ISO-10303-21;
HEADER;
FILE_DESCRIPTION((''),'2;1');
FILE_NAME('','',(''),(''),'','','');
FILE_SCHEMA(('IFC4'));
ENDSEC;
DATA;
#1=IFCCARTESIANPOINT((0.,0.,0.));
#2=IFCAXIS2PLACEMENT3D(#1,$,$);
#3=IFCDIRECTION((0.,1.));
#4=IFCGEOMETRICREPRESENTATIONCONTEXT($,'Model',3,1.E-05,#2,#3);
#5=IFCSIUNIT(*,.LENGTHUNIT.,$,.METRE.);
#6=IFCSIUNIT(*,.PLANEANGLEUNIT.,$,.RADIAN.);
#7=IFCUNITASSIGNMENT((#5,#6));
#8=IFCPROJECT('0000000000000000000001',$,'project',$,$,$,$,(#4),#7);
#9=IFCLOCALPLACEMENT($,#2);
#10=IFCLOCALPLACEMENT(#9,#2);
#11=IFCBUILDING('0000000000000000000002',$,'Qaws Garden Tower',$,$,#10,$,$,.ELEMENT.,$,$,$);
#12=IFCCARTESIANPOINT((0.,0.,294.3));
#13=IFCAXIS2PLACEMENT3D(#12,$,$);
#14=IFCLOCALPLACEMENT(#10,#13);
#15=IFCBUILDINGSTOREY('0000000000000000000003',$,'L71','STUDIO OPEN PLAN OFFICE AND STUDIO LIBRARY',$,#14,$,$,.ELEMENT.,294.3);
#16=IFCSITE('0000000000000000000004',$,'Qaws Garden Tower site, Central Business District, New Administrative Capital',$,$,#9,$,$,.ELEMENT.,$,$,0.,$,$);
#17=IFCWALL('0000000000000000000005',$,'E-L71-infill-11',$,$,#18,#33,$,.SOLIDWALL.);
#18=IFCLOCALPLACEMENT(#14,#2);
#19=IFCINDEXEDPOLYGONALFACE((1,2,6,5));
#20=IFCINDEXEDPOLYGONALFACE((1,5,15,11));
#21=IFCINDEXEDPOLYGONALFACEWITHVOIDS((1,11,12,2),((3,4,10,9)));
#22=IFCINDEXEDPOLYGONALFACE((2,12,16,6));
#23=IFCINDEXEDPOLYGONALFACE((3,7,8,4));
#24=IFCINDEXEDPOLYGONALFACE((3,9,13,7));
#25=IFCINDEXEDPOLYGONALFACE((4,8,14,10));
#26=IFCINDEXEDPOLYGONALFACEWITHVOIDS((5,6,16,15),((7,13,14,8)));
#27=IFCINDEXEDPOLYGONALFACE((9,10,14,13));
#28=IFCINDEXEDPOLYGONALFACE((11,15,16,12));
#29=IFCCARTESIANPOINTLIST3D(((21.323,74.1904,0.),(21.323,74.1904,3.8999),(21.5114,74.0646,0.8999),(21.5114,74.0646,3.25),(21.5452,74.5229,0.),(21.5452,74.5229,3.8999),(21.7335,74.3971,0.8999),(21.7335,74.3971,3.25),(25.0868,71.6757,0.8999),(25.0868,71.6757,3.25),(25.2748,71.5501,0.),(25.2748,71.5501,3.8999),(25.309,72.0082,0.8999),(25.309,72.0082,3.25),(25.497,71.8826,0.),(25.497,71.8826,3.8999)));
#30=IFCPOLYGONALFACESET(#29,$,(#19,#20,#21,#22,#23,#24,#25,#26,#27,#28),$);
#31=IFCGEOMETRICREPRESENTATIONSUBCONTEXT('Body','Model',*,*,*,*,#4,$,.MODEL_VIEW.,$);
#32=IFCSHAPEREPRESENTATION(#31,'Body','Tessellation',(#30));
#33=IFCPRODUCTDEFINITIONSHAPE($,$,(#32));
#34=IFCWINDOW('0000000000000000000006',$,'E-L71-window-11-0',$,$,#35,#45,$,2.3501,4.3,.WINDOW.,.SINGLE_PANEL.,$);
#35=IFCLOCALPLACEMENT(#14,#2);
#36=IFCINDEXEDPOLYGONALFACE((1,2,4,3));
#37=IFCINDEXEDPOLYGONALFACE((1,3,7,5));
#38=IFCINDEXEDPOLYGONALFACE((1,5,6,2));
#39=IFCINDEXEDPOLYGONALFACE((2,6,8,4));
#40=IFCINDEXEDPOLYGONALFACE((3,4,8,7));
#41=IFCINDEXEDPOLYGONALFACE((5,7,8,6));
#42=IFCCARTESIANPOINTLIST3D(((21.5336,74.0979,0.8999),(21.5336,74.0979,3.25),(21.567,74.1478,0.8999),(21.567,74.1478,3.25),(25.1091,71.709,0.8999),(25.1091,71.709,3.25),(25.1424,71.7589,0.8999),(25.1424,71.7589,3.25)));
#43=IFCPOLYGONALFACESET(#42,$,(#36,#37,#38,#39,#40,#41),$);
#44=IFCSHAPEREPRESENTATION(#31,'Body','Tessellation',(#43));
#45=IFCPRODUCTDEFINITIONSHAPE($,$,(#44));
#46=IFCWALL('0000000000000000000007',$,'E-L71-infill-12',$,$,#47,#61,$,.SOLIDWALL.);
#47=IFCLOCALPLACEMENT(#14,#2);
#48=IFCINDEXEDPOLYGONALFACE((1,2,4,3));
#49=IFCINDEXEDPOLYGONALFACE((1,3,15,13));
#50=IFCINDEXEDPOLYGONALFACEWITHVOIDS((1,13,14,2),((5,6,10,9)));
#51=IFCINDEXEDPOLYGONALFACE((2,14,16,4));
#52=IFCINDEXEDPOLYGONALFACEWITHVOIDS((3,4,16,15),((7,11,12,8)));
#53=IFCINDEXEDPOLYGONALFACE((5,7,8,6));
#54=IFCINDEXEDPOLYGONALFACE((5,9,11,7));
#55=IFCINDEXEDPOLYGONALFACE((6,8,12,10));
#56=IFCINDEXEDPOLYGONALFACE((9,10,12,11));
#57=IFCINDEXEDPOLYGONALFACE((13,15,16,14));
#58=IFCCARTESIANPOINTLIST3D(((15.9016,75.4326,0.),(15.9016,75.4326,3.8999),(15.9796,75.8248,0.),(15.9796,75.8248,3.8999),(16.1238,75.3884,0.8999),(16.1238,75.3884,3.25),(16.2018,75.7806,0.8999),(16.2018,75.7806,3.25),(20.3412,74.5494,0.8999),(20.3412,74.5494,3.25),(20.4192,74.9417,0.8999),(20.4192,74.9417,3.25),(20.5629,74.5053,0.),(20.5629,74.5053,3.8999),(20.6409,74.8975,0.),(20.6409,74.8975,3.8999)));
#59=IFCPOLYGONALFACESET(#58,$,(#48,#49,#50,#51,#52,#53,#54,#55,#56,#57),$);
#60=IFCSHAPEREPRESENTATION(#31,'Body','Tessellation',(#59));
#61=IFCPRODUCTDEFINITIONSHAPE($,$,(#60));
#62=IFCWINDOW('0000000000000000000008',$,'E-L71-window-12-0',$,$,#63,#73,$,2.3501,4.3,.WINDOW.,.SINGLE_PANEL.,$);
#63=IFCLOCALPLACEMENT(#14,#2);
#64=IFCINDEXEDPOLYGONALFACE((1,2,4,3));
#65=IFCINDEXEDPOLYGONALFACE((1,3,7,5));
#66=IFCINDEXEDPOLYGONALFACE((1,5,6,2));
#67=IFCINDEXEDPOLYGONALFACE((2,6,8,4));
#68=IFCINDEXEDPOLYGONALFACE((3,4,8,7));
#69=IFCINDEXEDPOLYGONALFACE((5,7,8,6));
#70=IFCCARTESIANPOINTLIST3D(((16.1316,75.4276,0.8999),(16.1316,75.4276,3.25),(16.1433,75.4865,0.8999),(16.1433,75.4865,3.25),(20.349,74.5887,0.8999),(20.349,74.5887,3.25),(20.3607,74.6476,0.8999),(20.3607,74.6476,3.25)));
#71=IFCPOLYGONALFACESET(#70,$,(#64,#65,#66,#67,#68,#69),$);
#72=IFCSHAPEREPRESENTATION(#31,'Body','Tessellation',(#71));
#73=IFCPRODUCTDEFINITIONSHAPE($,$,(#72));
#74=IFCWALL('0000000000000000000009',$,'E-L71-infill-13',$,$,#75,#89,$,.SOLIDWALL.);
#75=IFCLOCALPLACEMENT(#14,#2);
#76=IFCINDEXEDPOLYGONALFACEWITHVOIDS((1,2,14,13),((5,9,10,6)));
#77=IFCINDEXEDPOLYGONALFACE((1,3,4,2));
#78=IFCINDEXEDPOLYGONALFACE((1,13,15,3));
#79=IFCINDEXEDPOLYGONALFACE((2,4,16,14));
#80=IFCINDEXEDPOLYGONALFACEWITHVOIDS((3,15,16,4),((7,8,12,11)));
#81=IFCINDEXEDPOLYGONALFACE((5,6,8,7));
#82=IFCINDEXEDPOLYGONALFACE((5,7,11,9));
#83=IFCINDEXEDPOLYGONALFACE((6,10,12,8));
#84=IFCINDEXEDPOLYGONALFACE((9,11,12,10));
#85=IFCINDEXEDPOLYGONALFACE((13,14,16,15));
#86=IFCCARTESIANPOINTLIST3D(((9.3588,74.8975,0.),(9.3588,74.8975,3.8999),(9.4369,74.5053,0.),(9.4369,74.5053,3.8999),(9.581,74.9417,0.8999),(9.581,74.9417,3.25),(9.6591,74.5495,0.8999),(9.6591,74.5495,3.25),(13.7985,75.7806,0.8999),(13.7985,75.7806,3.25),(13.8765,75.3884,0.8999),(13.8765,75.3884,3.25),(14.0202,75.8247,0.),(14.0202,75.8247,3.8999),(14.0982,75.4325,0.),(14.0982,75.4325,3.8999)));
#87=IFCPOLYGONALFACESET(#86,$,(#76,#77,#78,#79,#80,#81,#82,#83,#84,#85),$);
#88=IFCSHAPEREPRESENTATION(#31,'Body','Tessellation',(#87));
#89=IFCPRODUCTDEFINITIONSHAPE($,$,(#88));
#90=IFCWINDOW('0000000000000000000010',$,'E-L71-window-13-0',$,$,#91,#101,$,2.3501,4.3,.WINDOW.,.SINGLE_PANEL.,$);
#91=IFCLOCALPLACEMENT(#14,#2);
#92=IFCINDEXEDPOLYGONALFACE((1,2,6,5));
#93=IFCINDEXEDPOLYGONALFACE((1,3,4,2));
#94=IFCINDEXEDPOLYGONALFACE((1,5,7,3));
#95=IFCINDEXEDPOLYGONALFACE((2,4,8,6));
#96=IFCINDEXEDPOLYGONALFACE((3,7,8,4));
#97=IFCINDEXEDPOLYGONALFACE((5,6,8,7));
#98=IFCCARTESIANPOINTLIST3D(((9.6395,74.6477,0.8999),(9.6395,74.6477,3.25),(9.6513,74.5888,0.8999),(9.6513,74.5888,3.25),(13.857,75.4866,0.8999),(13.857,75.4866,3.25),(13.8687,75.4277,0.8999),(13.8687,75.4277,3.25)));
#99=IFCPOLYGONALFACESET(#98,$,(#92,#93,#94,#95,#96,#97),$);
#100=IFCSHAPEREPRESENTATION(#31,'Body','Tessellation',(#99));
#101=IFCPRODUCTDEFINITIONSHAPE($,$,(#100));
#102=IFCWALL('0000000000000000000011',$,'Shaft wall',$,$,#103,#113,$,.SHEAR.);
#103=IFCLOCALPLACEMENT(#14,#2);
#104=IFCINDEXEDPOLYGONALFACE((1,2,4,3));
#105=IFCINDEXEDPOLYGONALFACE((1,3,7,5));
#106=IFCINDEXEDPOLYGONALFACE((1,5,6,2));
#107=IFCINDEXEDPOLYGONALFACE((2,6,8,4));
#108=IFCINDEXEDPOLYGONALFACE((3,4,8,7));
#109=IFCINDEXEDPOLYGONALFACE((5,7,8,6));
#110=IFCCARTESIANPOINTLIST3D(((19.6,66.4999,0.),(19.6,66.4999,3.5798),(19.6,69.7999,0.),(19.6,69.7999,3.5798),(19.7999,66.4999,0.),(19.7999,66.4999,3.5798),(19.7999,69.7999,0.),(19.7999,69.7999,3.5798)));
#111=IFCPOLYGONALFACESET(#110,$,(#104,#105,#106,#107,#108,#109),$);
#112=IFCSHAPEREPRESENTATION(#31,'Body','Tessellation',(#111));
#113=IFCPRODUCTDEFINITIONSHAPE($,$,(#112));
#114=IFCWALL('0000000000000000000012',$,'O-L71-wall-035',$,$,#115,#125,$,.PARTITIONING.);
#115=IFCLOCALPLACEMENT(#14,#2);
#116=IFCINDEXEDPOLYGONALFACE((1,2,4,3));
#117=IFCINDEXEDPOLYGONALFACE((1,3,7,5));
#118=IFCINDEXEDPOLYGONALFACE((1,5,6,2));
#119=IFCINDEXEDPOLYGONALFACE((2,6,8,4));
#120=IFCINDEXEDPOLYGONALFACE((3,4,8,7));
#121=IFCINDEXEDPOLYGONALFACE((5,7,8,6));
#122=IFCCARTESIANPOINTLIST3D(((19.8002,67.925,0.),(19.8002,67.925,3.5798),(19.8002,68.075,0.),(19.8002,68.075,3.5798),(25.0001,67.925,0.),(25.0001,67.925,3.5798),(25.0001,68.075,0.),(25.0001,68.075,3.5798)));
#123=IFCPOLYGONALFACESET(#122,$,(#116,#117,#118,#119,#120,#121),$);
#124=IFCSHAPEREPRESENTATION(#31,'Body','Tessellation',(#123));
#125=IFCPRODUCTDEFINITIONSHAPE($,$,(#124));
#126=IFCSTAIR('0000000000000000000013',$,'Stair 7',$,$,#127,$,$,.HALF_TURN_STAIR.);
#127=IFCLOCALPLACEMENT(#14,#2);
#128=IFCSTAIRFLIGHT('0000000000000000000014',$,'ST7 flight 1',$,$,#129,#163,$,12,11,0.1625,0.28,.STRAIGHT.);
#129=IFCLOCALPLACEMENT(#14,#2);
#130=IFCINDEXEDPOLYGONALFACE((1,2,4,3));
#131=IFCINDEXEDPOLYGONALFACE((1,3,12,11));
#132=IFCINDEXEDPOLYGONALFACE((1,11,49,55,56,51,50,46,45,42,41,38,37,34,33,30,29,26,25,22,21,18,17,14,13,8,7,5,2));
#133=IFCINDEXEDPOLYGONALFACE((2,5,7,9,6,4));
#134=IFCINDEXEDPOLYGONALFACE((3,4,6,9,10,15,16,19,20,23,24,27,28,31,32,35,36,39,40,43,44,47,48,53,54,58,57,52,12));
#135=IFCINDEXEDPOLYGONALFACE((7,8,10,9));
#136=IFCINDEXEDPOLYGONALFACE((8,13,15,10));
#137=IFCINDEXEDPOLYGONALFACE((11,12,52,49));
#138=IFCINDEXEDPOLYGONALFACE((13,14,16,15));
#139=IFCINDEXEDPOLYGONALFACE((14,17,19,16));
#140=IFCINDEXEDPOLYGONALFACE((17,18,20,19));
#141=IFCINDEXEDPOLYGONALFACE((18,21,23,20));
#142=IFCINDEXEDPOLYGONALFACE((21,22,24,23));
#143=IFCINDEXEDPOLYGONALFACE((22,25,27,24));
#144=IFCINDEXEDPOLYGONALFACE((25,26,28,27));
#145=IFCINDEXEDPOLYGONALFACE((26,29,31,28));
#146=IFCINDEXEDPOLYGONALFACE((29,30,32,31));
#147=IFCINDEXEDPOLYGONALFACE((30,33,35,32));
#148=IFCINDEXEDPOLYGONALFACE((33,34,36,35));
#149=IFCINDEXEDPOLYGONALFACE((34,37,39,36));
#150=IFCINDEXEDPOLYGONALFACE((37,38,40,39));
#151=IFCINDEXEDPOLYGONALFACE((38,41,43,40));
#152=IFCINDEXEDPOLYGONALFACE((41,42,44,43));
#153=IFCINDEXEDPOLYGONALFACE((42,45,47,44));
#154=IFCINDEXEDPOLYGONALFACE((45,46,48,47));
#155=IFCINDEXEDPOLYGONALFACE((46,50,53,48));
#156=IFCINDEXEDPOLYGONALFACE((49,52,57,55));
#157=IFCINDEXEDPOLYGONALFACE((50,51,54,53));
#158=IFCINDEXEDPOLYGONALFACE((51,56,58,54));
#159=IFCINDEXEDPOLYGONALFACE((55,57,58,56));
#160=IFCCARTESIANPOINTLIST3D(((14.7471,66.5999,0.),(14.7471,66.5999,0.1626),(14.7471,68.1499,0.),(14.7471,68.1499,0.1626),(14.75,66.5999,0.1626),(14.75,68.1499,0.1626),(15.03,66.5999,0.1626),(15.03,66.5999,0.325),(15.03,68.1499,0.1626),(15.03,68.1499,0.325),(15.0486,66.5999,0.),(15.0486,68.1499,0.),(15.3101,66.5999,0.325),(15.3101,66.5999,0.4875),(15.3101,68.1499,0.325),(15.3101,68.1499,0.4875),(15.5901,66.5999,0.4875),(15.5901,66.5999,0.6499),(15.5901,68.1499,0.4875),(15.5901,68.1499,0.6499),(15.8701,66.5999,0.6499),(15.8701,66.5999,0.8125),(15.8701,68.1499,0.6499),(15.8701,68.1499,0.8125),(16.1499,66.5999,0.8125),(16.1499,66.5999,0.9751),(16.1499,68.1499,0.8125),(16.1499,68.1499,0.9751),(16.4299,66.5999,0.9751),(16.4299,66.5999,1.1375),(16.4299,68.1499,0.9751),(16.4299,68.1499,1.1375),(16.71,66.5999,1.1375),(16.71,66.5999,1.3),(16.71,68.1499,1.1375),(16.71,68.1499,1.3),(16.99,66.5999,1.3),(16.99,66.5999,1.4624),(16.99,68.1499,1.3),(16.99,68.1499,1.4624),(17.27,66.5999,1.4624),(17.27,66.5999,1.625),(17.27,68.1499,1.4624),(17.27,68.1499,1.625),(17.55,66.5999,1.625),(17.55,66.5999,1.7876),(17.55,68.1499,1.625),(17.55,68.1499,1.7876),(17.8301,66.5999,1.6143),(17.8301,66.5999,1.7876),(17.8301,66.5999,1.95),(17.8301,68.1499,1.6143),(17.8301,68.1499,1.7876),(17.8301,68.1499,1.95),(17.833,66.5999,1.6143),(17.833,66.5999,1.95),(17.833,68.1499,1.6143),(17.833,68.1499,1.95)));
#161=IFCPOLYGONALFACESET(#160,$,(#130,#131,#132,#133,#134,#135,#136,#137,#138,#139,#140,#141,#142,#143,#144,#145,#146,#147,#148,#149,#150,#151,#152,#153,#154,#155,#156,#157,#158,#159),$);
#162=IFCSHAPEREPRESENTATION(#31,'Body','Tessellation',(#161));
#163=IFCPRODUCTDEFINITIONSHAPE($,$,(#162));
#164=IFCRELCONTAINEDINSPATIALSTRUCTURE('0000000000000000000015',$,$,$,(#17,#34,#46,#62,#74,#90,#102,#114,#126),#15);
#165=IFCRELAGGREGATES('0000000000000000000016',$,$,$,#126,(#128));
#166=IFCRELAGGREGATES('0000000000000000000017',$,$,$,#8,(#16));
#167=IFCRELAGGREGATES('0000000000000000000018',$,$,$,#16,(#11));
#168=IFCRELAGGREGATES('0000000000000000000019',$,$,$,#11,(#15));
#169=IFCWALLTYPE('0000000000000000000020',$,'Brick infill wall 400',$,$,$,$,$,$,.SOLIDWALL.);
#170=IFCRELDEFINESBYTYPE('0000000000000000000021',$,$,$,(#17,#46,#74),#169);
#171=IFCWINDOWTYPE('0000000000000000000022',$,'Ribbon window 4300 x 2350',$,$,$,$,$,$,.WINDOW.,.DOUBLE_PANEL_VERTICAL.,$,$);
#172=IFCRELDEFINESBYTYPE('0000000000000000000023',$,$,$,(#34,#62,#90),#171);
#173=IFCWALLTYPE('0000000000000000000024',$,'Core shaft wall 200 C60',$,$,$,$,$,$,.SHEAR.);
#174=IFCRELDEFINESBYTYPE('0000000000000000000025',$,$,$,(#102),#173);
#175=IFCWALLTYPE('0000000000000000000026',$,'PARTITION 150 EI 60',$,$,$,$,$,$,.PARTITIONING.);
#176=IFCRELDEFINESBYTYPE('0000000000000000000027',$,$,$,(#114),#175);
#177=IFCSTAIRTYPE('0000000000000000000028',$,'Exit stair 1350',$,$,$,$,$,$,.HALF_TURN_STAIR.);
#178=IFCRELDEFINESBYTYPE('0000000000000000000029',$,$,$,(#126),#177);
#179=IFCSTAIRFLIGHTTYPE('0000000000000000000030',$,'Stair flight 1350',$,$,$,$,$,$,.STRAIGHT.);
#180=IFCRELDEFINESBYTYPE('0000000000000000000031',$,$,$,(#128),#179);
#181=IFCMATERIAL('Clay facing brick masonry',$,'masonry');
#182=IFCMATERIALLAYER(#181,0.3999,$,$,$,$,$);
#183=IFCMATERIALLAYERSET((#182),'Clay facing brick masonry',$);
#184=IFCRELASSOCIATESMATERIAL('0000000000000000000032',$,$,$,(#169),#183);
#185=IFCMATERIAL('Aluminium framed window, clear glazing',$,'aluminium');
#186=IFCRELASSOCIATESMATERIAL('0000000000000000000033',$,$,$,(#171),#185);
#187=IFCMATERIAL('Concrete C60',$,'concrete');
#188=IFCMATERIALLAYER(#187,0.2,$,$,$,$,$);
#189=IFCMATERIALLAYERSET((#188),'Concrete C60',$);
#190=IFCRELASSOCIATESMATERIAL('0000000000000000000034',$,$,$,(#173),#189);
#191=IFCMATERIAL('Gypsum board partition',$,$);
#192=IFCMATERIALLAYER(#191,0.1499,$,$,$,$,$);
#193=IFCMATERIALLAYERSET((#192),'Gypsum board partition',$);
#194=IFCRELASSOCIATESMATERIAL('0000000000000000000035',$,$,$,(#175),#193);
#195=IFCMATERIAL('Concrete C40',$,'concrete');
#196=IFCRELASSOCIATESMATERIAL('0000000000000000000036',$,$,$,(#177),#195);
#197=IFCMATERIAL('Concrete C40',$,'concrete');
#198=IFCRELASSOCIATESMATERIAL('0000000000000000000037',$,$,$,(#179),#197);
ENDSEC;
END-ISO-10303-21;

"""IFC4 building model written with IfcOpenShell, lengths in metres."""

from ifc_helpers import new_model, si_unit, direction, frame, frame_2d, origin, place, context, subcontext, project, spatial, polyline, rectangle, outline, extrude, material, layer, layer_set, type_object, element, fill, aggregate, save


model = new_model("IFC4")

# Units and contexts
model_context = context("Model", 3, precision=1e-05, world=origin(), true_north=direction((0.0, 1.0)))
body_context = subcontext(model_context, "Body", "Model", "MODEL_VIEW")
ifc_project = project(units=[si_unit("LENGTHUNIT", "METRE"), si_unit("PLANEANGLEUNIT", "RADIAN")], contexts=[model_context])

# Site, building, storey
site_placement = place(None, origin())
site = spatial("IfcSite", under=ifc_project, at=site_placement, Name="Qaws Garden Tower site, Central Business District, New Administrative Capital", CompositionType="ELEMENT", RefElevation=0.0)
building_placement = place(site_placement, origin())
building = spatial("IfcBuilding", under=site, at=building_placement, Name="Qaws Garden Tower", CompositionType="ELEMENT")
storey_placement = place(building_placement, frame((0.0, 0.0, 294.3)))
storey = spatial("IfcBuildingStorey", under=building, at=storey_placement, Name="L71", Description="STUDIO OPEN PLAN OFFICE AND STUDIO LIBRARY", CompositionType="ELEMENT", Elevation=294.3)

# Walls, openings, windows
ifc_material_1 = material(Name="Clay facing brick masonry", Category="masonry")
ifc_layer_1 = layer(ifc_material_1, 0.3999)
ifc_layer_set_1 = layer_set([ifc_layer_1], Name="Clay facing brick masonry")
wall_type_1 = type_object("IfcWallType", Name="Brick infill wall 400", PredefinedType="SOLIDWALL", material=ifc_layer_set_1)
ifc_material_2 = material(Name="Aluminium framed window, clear glazing", Category="aluminium")
window_type = type_object("IfcWindowType", Name="Ribbon window 4300 x 2350", PartitioningType="DOUBLE_PANEL_VERTICAL", PredefinedType="WINDOW", material=ifc_material_2)
wall_1_placement = place(storey_placement, frame((25.386, 71.7163, 0.0), z_axis=(0.0, 0.0, 1.0), x_axis=(-0.831489, 0.555542, 0.0)))
wall_1 = element("IfcWall", 1, at=wall_1_placement, inside=storey, type_object=wall_type_1, Name="E-L71-infill-11", PredefinedType="SOLIDWALL", context=body_context, shape_type="SweptSolid", body=[
    extrude(rectangle(XDim=4.7527, YDim=0.3999, at=frame_2d((2.3765, 0.0))), origin(), (0.0, 0.0, 1.0), 3.8999),
])
opening_1_placement = place(wall_1_placement, frame((0.2263, 0.0, 0.8999)))
opening_1 = element("IfcOpeningElement", 2, at=opening_1_placement, cuts=wall_1, PredefinedType="OPENING", context=body_context, shape_type="SweptSolid", body=[
    extrude(rectangle(XDim=4.3, YDim=2.3501, at=frame_2d((2.1499, 1.175))), frame((0.0, 0.21, 0.0), z_axis=(0.0, -1.0, 0.0), x_axis=(1.0, 0.0, 0.0)), (0.0, 0.0, 1.0), 0.4199),
])
window_1_placement = place(opening_1_placement, origin())
window_1 = element("IfcWindow", 3, at=window_1_placement, inside=storey, type_object=window_type, Name="E-L71-window-11-0", OverallHeight=2.3501, OverallWidth=4.3, PartitioningType="SINGLE_PANEL", PredefinedType="WINDOW", context=body_context, shape_type="SweptSolid", body=[
    extrude(rectangle(XDim=4.3, YDim=2.3501, at=frame_2d((2.1499, 1.175))), frame((0.0, 0.1599, 0.0), z_axis=(0.0, -1.0, 0.0), x_axis=(1.0, 0.0, 0.0)), (0.0, 0.0, 1.0), 0.0601),
])
fill(opening_1, window_1)
wall_2_placement = place(storey_placement, frame((20.6021, 74.7014, 0.0), z_axis=(0.0, 0.0, 1.0), x_axis=(-0.980784, 0.195099, 0.0)))
wall_2 = element("IfcWall", 4, at=wall_2_placement, inside=storey, type_object=wall_type_1, Name="E-L71-infill-12", PredefinedType="SOLIDWALL", context=body_context, shape_type="SweptSolid", body=[
    extrude(rectangle(XDim=4.7527, YDim=0.3999, at=frame_2d((2.3765, 0.0))), origin(), (0.0, 0.0, 1.0), 3.8999),
])
opening_2_placement = place(wall_2_placement, frame((0.2263, 0.0, 0.8999)))
opening_2 = element("IfcOpeningElement", 5, at=opening_2_placement, cuts=wall_2, PredefinedType="OPENING", context=body_context, shape_type="SweptSolid", body=[
    extrude(rectangle(XDim=4.3, YDim=2.3501, at=frame_2d((2.1499, 1.175))), frame((0.0, 0.21, 0.0), z_axis=(0.0, -1.0, 0.0), x_axis=(1.0, 0.0, 0.0)), (0.0, 0.0, 1.0), 0.4199),
])
window_2_placement = place(opening_2_placement, origin())
window_2 = element("IfcWindow", 6, at=window_2_placement, inside=storey, type_object=window_type, Name="E-L71-window-12-0", OverallHeight=2.3501, OverallWidth=4.3, PartitioningType="SINGLE_PANEL", PredefinedType="WINDOW", context=body_context, shape_type="SweptSolid", body=[
    extrude(rectangle(XDim=4.3, YDim=2.3501, at=frame_2d((2.1499, 1.175))), frame((0.0, 0.1599, 0.0), z_axis=(0.0, -1.0, 0.0), x_axis=(1.0, 0.0, 0.0)), (0.0, 0.0, 1.0), 0.0601),
])
fill(opening_2, window_2)
wall_3_placement = place(storey_placement, frame((14.0593, 75.6287, 0.0), z_axis=(0.0, 0.0, 1.0), x_axis=(-0.980784, -0.195099, 0.0)))
wall_3 = element("IfcWall", 7, at=wall_3_placement, inside=storey, type_object=wall_type_1, Name="E-L71-infill-13", PredefinedType="SOLIDWALL", context=body_context, shape_type="SweptSolid", body=[
    extrude(rectangle(XDim=4.7527, YDim=0.3999, at=frame_2d((2.3765, 0.0))), origin(), (0.0, 0.0, 1.0), 3.8999),
])
opening_3_placement = place(wall_3_placement, frame((0.2263, 0.0, 0.8999)))
opening_3 = element("IfcOpeningElement", 8, at=opening_3_placement, cuts=wall_3, PredefinedType="OPENING", context=body_context, shape_type="SweptSolid", body=[
    extrude(rectangle(XDim=4.3, YDim=2.3501, at=frame_2d((2.1499, 1.175))), frame((0.0, 0.21, 0.0), z_axis=(0.0, -1.0, 0.0), x_axis=(1.0, 0.0, 0.0)), (0.0, 0.0, 1.0), 0.4199),
])
window_3_placement = place(opening_3_placement, origin())
window_3 = element("IfcWindow", 9, at=window_3_placement, inside=storey, type_object=window_type, Name="E-L71-window-13-0", OverallHeight=2.3501, OverallWidth=4.3, PartitioningType="SINGLE_PANEL", PredefinedType="WINDOW", context=body_context, shape_type="SweptSolid", body=[
    extrude(rectangle(XDim=4.3, YDim=2.3501, at=frame_2d((2.1499, 1.175))), frame((0.0, 0.1599, 0.0), z_axis=(0.0, -1.0, 0.0), x_axis=(1.0, 0.0, 0.0)), (0.0, 0.0, 1.0), 0.0601),
])
fill(opening_3, window_3)

# Walls
ifc_material_3 = material(Name="Concrete C60", Category="concrete")
ifc_layer_2 = layer(ifc_material_3, 0.2)
ifc_layer_set_2 = layer_set([ifc_layer_2], Name="Concrete C60")
wall_type_2 = type_object("IfcWallType", Name="Core shaft wall 200 C60", PredefinedType="SHEAR", material=ifc_layer_set_2)
wall_4_placement = place(storey_placement, frame((19.7, 66.5, 0.0), z_axis=(0.0, 0.0, 1.0), x_axis=(0.0, 1.0, 0.0)))
element("IfcWall", 10, at=wall_4_placement, inside=storey, type_object=wall_type_2, Name="Shaft wall", PredefinedType="SHEAR", context=body_context, shape_type="SweptSolid", body=[
    extrude(rectangle(XDim=3.3, YDim=0.2, at=frame_2d((1.6499, 0.0))), origin(), (0.0, 0.0, 1.0), 3.5798),
])
ifc_material_4 = material(Name="Gypsum board partition")
ifc_layer_3 = layer(ifc_material_4, 0.1499)
ifc_layer_set_3 = layer_set([ifc_layer_3], Name="Gypsum board partition")
wall_type_3 = type_object("IfcWallType", Name="PARTITION 150 EI 60", PredefinedType="PARTITIONING", material=ifc_layer_set_3)
wall_5_placement = place(storey_placement, frame((19.8, 68.0, 0.0), z_axis=(0.0, 0.0, 1.0), x_axis=(1.0, 0.0, 0.0)))
element("IfcWall", 11, at=wall_5_placement, inside=storey, type_object=wall_type_3, Name="O-L71-wall-035", PredefinedType="PARTITIONING", context=body_context, shape_type="SweptSolid", body=[
    extrude(rectangle(XDim=5.2, YDim=0.1499, at=frame_2d((2.6001, 0.0))), origin(), (0.0, 0.0, 1.0), 3.5798),
])

# Stair, stair flight
ifc_material_5 = material(Name="Concrete C40", Category="concrete")
stair_type = type_object("IfcStairType", Name="Exit stair 1350", PredefinedType="HALF_TURN_STAIR", material=ifc_material_5)
stair_placement = place(storey_placement, origin())
stair = element("IfcStair", 12, at=stair_placement, inside=storey, type_object=stair_type, Name="Stair 7", PredefinedType="HALF_TURN_STAIR")
ifc_material_6 = material(Name="Concrete C40", Category="concrete")
stair_flight_type = type_object("IfcStairFlightType", Name="Stair flight 1350", PredefinedType="STRAIGHT", material=ifc_material_6)
stair_flight_1_placement = place(storey_placement, frame((14.75, 67.375, 0.0), z_axis=(0.0, 0.0, 1.0), x_axis=(1.0, 0.0, 0.0)))
stair_flight_1 = element("IfcStairFlight", 13, at=stair_flight_1_placement, type_object=stair_flight_type, Name="ST7 flight 1", NumberOfRisers=12, NumberOfTreads=11, PredefinedType="STRAIGHT", RiserHeight=0.1625, TreadLength=0.28, context=body_context, shape_type="SweptSolid", body=[
    extrude(outline(polyline([(-0.0029, 0.0), (-0.0029, 0.1626), (0.0, 0.1626), (0.28, 0.1626), (0.28, 0.325), (0.5601, 0.325), (0.5601, 0.4875), (0.8401, 0.4875), (0.8401, 0.6499), (1.1201, 0.6499), (1.1201, 0.8125), (1.3999, 0.8125), (1.3999, 0.9751), (1.6799, 0.9751), (1.6799, 1.1375), (1.96, 1.1375), (1.96, 1.3), (2.24, 1.3), (2.24, 1.4624), (2.52, 1.4624), (2.52, 1.625), (2.8, 1.625), (2.8, 1.7876), (3.0801, 1.7876), (3.0801, 1.95), (3.083, 1.95), (3.083, 1.6143), (3.0801, 1.6143), (0.2986, 0.0), (-0.0029, 0.0)])), frame((0.0, 0.7749, 0.0), z_axis=(0.0, -1.0, 0.0), x_axis=(1.0, 0.0, 0.0)), (0.0, 0.0, 1.0), 1.55),
])
aggregate(stair, [stair_flight_1])

save(model, "model.ifc")
